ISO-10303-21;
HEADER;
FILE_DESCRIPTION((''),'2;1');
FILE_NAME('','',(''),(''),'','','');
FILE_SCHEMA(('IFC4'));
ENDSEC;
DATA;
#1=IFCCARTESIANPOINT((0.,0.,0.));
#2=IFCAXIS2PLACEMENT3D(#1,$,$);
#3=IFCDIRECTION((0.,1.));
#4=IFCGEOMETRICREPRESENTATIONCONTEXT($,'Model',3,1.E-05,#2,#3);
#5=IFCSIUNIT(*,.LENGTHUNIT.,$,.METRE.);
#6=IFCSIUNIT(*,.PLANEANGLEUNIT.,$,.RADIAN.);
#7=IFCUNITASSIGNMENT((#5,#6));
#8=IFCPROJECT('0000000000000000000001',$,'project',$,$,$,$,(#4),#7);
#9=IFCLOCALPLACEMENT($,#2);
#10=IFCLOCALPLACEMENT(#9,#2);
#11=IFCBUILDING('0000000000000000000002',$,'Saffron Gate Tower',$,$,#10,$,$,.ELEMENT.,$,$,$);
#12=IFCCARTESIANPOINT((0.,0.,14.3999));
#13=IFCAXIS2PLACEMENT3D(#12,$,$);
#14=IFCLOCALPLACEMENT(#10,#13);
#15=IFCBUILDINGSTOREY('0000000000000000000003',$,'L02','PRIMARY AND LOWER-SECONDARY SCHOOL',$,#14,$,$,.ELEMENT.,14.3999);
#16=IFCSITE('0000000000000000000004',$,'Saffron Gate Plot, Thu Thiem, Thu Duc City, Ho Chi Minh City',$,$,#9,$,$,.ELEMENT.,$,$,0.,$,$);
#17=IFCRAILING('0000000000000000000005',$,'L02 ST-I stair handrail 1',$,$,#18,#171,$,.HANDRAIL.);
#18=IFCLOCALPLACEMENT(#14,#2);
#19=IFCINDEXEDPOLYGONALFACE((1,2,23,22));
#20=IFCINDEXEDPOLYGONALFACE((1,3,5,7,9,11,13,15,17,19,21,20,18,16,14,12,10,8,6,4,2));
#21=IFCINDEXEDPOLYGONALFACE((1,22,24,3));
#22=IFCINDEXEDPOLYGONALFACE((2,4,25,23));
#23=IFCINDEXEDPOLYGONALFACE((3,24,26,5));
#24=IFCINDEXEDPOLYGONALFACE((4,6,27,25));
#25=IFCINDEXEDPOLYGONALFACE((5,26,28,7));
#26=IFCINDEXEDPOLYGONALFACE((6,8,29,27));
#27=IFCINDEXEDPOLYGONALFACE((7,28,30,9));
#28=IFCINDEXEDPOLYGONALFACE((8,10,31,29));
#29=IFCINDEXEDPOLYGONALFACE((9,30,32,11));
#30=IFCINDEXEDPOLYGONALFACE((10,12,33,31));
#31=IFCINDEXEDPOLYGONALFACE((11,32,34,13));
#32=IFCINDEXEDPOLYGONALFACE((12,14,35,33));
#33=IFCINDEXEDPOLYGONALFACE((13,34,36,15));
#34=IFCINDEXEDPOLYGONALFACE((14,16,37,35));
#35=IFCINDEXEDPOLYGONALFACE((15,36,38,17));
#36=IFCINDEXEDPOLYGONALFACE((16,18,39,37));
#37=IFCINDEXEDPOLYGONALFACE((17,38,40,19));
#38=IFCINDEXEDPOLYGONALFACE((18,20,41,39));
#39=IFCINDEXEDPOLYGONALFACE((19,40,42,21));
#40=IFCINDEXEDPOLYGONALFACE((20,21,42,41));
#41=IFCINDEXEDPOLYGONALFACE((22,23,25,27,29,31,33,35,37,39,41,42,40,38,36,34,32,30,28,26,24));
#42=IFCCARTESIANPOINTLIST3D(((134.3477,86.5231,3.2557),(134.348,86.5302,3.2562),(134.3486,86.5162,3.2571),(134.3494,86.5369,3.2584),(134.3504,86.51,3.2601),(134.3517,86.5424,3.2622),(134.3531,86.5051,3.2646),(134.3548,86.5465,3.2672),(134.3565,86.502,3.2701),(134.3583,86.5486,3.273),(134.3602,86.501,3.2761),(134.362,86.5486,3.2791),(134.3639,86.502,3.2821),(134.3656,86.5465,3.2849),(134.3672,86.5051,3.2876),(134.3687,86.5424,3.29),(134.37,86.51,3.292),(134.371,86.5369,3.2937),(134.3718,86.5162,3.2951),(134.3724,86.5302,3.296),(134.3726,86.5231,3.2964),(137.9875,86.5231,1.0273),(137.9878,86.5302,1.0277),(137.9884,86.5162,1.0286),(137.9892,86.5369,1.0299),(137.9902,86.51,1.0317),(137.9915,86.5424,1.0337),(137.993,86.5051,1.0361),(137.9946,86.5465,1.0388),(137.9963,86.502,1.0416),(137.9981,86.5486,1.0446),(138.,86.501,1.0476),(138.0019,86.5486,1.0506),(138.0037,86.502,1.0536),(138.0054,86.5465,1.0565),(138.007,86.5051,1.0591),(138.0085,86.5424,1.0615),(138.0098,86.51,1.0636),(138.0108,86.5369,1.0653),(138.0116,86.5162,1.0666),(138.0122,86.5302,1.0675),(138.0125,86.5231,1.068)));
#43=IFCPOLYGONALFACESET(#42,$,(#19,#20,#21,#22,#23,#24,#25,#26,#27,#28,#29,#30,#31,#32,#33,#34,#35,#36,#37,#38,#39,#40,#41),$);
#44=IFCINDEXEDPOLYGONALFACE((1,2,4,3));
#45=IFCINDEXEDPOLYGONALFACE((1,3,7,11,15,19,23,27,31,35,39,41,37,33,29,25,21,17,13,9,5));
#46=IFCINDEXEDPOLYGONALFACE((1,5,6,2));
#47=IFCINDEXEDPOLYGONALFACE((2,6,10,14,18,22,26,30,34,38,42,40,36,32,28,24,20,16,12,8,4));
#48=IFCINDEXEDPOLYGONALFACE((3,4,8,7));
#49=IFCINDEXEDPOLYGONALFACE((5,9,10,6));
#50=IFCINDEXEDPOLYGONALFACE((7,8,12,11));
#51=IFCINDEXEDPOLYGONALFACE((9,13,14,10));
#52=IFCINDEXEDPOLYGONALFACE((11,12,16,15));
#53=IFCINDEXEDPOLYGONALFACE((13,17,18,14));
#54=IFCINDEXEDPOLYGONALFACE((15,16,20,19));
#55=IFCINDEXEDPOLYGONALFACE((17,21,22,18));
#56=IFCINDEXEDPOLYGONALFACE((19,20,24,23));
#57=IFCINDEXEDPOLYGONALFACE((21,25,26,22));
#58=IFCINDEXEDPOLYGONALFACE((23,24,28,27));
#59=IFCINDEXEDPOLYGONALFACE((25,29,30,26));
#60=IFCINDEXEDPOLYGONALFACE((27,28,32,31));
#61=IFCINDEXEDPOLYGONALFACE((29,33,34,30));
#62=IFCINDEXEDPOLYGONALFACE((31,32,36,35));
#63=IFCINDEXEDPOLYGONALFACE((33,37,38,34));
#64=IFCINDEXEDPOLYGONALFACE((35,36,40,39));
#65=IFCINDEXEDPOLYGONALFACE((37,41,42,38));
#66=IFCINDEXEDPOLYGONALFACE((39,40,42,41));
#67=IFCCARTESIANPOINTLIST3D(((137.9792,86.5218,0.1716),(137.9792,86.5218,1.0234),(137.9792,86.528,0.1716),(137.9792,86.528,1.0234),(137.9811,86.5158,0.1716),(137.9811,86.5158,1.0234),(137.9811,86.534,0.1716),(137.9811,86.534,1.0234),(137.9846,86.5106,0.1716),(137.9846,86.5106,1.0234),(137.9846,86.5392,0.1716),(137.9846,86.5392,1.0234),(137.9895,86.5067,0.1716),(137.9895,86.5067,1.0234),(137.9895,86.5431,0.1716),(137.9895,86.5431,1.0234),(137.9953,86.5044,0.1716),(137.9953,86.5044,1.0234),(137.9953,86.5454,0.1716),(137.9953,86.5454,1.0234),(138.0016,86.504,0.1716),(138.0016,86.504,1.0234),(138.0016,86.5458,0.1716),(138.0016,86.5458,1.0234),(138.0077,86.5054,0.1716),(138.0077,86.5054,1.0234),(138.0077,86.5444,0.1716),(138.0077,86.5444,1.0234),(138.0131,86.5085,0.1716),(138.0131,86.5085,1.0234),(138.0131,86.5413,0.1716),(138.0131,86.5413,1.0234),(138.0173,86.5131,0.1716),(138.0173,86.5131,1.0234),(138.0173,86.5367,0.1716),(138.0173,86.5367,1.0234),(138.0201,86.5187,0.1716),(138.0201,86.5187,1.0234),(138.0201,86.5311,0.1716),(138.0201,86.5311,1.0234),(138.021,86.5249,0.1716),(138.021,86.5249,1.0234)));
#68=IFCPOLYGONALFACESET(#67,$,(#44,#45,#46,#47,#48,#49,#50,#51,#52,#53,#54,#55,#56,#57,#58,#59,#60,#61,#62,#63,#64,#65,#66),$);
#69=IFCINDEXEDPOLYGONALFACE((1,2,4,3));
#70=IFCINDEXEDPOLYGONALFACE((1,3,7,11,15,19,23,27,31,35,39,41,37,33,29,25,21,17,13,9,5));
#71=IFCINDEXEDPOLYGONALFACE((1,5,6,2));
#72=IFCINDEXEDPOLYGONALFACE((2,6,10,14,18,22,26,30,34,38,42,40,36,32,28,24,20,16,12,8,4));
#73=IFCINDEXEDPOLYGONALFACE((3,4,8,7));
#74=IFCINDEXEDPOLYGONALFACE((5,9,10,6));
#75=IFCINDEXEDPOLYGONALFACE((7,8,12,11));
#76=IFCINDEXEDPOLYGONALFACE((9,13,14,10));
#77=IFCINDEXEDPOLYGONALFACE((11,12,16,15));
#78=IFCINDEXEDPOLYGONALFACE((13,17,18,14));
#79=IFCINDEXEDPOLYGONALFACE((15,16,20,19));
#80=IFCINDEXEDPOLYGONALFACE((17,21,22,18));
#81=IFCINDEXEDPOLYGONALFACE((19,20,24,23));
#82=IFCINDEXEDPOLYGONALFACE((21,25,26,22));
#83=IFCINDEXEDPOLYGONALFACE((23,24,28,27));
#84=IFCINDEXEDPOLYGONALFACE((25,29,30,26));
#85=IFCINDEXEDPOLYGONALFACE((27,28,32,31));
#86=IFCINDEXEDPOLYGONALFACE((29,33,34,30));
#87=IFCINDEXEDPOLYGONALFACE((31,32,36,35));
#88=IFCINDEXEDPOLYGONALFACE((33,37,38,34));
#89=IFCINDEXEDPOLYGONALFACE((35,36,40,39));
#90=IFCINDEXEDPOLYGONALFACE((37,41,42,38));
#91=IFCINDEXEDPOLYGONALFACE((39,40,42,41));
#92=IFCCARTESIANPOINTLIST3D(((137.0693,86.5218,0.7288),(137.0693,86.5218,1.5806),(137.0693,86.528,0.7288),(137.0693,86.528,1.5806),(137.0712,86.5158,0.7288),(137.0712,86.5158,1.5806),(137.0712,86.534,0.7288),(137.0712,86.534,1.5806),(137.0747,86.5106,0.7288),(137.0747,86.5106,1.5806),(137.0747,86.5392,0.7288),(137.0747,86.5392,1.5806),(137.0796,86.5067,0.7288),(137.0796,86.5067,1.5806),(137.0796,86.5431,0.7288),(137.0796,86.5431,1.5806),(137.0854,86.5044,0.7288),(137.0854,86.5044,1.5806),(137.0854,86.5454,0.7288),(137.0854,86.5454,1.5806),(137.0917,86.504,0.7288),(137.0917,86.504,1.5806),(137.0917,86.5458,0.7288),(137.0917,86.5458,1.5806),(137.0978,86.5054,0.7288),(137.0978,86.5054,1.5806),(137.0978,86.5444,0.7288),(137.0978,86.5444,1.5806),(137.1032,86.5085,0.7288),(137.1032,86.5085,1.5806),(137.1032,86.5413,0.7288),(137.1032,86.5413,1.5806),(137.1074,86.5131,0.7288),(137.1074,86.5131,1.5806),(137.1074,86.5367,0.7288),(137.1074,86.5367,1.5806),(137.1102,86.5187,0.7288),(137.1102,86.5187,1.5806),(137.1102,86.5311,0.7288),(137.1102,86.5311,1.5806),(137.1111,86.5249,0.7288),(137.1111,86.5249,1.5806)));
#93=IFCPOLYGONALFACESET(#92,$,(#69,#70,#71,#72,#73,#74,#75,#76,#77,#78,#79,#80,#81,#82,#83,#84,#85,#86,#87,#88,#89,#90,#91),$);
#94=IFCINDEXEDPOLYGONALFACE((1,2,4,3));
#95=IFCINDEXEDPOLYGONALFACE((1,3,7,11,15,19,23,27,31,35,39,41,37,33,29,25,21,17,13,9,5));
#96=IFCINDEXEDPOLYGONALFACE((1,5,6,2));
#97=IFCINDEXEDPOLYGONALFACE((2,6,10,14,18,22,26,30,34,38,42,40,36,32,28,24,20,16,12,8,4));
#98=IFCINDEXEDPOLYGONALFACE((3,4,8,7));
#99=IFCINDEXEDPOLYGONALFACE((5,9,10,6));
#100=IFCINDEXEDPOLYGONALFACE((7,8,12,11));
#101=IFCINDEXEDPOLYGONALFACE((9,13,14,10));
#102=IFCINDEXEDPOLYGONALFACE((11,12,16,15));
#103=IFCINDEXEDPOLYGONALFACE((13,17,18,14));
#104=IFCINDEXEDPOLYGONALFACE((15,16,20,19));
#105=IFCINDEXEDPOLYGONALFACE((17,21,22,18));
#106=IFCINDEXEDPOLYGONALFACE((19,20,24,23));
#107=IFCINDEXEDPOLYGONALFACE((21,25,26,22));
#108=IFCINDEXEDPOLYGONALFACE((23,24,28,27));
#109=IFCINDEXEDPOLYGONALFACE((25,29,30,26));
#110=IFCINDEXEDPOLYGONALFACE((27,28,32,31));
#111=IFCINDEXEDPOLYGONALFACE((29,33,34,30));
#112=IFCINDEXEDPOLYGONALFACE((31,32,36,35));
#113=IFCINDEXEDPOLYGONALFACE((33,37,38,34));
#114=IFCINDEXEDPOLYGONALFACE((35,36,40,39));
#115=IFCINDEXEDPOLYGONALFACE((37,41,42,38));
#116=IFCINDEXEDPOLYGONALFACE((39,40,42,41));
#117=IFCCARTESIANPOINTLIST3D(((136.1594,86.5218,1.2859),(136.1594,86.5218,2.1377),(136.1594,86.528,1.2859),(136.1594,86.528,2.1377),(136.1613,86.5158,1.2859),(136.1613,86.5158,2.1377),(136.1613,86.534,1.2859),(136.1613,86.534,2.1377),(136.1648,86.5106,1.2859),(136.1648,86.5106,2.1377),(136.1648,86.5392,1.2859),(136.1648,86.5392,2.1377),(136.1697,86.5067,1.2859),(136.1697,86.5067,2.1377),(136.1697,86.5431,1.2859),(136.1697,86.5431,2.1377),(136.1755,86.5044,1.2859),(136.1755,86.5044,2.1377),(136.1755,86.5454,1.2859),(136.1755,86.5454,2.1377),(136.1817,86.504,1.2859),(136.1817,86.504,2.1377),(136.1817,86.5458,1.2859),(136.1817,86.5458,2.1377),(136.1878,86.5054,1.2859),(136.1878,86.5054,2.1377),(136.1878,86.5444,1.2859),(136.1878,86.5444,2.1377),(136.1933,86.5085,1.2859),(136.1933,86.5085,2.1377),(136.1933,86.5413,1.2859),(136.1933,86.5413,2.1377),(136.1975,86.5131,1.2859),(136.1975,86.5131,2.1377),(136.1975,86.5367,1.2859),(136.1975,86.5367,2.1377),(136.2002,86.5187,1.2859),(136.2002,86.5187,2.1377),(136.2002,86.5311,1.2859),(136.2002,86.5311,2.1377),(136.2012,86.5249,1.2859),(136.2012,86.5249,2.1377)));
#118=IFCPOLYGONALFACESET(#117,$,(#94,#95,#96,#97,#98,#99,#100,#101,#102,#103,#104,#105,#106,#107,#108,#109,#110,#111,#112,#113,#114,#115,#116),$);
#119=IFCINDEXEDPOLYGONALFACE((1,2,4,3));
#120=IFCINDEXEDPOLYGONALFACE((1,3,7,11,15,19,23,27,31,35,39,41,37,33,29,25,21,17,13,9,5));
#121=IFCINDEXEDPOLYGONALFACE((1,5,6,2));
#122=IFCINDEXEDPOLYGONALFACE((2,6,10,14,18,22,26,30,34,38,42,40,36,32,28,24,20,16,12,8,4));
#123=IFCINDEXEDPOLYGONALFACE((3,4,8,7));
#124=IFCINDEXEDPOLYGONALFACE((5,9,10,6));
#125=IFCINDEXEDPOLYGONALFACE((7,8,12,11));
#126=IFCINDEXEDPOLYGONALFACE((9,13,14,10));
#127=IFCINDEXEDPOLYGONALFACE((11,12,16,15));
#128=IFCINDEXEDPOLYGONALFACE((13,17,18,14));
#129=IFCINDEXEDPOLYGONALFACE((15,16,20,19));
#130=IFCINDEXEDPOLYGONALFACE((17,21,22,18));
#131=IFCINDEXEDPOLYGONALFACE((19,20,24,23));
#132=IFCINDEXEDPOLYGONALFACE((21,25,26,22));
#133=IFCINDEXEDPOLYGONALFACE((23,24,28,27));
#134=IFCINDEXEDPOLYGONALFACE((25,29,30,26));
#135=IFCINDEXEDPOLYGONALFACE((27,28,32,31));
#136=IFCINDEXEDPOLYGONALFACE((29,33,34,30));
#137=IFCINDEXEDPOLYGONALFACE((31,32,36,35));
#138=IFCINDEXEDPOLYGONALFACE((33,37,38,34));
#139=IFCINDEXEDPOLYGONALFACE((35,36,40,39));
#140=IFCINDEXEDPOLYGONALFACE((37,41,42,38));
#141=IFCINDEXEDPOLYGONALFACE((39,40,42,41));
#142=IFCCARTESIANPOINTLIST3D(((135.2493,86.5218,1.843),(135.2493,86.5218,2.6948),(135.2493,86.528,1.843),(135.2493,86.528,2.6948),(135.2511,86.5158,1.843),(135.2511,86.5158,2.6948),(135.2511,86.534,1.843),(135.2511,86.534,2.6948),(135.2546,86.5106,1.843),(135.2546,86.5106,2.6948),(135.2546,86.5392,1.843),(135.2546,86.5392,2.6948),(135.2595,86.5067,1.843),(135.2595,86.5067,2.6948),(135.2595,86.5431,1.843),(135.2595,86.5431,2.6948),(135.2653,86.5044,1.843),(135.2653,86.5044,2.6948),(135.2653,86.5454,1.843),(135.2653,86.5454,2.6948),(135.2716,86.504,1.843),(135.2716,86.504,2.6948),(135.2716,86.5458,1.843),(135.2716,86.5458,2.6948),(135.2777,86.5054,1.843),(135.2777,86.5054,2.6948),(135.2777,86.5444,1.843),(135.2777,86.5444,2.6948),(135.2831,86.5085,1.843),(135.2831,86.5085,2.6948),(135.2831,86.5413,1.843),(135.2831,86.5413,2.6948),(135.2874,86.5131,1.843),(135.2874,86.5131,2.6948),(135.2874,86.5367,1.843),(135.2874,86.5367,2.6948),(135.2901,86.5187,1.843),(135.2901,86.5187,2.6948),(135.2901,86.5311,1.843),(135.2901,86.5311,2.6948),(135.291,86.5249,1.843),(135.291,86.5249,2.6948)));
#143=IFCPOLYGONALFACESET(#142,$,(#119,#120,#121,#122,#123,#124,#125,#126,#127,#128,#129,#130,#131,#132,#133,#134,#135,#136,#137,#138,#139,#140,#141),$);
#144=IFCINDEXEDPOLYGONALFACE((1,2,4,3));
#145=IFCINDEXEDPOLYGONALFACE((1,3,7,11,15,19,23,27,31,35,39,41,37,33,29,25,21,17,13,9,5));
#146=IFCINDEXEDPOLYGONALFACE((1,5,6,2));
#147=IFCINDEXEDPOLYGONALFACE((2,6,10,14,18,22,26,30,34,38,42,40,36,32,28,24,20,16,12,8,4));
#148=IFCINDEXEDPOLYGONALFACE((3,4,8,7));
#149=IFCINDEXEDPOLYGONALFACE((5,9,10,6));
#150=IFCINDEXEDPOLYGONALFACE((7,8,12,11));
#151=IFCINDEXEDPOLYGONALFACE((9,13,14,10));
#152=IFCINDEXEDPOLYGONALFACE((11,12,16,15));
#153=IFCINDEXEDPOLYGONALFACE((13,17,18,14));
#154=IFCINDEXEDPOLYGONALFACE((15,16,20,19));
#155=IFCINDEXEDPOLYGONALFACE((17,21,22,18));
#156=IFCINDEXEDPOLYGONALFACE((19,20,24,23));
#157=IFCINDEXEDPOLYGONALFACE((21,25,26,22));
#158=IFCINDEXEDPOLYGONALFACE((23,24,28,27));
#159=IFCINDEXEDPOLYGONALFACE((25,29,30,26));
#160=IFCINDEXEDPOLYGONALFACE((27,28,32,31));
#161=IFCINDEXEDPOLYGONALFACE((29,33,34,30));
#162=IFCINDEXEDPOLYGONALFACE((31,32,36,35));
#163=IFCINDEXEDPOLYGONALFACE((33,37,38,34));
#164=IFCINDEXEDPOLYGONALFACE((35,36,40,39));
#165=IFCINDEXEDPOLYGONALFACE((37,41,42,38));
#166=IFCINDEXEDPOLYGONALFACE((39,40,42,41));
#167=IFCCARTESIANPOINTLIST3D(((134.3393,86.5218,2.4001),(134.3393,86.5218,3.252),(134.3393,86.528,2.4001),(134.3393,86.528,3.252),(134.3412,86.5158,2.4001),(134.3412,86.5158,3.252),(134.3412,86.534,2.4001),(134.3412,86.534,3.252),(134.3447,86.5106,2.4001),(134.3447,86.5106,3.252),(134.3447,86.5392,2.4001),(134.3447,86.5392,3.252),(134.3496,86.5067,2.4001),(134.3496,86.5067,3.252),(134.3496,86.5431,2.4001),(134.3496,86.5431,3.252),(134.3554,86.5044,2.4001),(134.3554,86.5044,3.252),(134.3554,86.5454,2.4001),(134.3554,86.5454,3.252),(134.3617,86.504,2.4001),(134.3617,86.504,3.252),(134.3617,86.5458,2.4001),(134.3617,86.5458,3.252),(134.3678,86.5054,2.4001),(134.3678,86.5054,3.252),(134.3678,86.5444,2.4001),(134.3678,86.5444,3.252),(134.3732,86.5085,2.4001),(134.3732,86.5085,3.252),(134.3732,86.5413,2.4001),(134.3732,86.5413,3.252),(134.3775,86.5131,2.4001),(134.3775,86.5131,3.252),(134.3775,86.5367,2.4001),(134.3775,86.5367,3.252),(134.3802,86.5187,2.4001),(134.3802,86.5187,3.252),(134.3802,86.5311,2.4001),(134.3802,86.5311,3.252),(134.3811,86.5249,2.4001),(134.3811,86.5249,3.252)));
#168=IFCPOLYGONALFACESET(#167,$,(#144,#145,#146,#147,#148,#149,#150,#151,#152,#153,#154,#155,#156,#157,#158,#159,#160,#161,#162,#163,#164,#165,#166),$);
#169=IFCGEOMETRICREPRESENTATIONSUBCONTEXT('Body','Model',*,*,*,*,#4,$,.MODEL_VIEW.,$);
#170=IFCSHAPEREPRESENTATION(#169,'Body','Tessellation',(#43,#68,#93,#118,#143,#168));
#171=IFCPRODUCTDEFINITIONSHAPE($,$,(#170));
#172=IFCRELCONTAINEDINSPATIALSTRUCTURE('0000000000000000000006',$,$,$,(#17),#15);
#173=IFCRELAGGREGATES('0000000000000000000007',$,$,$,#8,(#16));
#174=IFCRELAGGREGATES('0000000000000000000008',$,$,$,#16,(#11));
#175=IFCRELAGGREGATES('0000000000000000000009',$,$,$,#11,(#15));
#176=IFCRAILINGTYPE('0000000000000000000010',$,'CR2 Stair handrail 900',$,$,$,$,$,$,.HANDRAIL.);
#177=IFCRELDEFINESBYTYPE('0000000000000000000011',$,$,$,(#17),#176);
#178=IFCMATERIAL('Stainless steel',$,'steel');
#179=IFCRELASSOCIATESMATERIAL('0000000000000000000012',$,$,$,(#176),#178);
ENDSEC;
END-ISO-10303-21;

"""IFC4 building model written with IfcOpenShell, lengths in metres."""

from ifc_helpers import new_model, si_unit, direction, frame, origin, origin_2d, place, context, subcontext, project, spatial, circle, extrude, material, type_object, element, save


model = new_model("IFC4")

# Units and contexts
model_context = context("Model", 3, precision=1e-05, world=origin(), true_north=direction((0.0, 1.0)))
body_context = subcontext(model_context, "Body", "Model", "MODEL_VIEW")
ifc_project = project(units=[si_unit("LENGTHUNIT", "METRE"), si_unit("PLANEANGLEUNIT", "RADIAN")], contexts=[model_context])

# Site, building, storey
site_placement = place(None, origin())
site = spatial("IfcSite", under=ifc_project, at=site_placement, Name="Saffron Gate Plot, Thu Thiem, Thu Duc City, Ho Chi Minh City", CompositionType="ELEMENT", RefElevation=0.0)
building_placement = place(site_placement, origin())
building = spatial("IfcBuilding", under=site, at=building_placement, Name="Saffron Gate Tower", CompositionType="ELEMENT")
storey_placement = place(building_placement, frame((0.0, 0.0, 14.3999)))
storey = spatial("IfcBuildingStorey", under=building, at=storey_placement, Name="L02", Description="PRIMARY AND LOWER-SECONDARY SCHOOL", CompositionType="ELEMENT", Elevation=14.3999)

# Railing
ifc_material_1 = material(Name="Stainless steel", Category="steel")
railing_type_1 = type_object("IfcRailingType", Name="CR2 Stair handrail 900", PredefinedType="HANDRAIL", material=ifc_material_1)
railing_1_placement = place(storey_placement, frame((138.0, 86.5249, 0.1716)))
element("IfcRailing", 1, at=railing_1_placement, inside=storey, type_object=railing_type_1, Name="L02 ST-I stair handrail 1", PredefinedType="HANDRAIL", context=body_context, shape_type="SweptSolid", body=[
    extrude(circle(Radius=0.0239, at=origin_2d()), frame((0.0, 0.0, 0.876), z_axis=(-0.85285, 0.0, 0.522156), x_axis=(0.0, -1.0, 0.0)), (0.0, 0.0, 1.0), 4.2678),
    extrude(circle(Radius=0.021, at=origin_2d()), origin(), (0.0, 0.0, 1.0), 0.8518),
    extrude(circle(Radius=0.021, at=origin_2d()), frame((-0.9099, 0.0, 0.5571)), (0.0, 0.0, 1.0), 0.8518),
    extrude(circle(Radius=0.021, at=origin_2d()), frame((-1.8198, 0.0, 1.1143)), (0.0, 0.0, 1.0), 0.8518),
    extrude(circle(Radius=0.021, at=origin_2d()), frame((-2.73, 0.0, 1.6714)), (0.0, 0.0, 1.0), 0.8518),
    extrude(circle(Radius=0.021, at=origin_2d()), frame((-3.6399, 0.0, 2.2285)), (0.0, 0.0, 1.0), 0.8518),
])

save(model, "model.ifc")
